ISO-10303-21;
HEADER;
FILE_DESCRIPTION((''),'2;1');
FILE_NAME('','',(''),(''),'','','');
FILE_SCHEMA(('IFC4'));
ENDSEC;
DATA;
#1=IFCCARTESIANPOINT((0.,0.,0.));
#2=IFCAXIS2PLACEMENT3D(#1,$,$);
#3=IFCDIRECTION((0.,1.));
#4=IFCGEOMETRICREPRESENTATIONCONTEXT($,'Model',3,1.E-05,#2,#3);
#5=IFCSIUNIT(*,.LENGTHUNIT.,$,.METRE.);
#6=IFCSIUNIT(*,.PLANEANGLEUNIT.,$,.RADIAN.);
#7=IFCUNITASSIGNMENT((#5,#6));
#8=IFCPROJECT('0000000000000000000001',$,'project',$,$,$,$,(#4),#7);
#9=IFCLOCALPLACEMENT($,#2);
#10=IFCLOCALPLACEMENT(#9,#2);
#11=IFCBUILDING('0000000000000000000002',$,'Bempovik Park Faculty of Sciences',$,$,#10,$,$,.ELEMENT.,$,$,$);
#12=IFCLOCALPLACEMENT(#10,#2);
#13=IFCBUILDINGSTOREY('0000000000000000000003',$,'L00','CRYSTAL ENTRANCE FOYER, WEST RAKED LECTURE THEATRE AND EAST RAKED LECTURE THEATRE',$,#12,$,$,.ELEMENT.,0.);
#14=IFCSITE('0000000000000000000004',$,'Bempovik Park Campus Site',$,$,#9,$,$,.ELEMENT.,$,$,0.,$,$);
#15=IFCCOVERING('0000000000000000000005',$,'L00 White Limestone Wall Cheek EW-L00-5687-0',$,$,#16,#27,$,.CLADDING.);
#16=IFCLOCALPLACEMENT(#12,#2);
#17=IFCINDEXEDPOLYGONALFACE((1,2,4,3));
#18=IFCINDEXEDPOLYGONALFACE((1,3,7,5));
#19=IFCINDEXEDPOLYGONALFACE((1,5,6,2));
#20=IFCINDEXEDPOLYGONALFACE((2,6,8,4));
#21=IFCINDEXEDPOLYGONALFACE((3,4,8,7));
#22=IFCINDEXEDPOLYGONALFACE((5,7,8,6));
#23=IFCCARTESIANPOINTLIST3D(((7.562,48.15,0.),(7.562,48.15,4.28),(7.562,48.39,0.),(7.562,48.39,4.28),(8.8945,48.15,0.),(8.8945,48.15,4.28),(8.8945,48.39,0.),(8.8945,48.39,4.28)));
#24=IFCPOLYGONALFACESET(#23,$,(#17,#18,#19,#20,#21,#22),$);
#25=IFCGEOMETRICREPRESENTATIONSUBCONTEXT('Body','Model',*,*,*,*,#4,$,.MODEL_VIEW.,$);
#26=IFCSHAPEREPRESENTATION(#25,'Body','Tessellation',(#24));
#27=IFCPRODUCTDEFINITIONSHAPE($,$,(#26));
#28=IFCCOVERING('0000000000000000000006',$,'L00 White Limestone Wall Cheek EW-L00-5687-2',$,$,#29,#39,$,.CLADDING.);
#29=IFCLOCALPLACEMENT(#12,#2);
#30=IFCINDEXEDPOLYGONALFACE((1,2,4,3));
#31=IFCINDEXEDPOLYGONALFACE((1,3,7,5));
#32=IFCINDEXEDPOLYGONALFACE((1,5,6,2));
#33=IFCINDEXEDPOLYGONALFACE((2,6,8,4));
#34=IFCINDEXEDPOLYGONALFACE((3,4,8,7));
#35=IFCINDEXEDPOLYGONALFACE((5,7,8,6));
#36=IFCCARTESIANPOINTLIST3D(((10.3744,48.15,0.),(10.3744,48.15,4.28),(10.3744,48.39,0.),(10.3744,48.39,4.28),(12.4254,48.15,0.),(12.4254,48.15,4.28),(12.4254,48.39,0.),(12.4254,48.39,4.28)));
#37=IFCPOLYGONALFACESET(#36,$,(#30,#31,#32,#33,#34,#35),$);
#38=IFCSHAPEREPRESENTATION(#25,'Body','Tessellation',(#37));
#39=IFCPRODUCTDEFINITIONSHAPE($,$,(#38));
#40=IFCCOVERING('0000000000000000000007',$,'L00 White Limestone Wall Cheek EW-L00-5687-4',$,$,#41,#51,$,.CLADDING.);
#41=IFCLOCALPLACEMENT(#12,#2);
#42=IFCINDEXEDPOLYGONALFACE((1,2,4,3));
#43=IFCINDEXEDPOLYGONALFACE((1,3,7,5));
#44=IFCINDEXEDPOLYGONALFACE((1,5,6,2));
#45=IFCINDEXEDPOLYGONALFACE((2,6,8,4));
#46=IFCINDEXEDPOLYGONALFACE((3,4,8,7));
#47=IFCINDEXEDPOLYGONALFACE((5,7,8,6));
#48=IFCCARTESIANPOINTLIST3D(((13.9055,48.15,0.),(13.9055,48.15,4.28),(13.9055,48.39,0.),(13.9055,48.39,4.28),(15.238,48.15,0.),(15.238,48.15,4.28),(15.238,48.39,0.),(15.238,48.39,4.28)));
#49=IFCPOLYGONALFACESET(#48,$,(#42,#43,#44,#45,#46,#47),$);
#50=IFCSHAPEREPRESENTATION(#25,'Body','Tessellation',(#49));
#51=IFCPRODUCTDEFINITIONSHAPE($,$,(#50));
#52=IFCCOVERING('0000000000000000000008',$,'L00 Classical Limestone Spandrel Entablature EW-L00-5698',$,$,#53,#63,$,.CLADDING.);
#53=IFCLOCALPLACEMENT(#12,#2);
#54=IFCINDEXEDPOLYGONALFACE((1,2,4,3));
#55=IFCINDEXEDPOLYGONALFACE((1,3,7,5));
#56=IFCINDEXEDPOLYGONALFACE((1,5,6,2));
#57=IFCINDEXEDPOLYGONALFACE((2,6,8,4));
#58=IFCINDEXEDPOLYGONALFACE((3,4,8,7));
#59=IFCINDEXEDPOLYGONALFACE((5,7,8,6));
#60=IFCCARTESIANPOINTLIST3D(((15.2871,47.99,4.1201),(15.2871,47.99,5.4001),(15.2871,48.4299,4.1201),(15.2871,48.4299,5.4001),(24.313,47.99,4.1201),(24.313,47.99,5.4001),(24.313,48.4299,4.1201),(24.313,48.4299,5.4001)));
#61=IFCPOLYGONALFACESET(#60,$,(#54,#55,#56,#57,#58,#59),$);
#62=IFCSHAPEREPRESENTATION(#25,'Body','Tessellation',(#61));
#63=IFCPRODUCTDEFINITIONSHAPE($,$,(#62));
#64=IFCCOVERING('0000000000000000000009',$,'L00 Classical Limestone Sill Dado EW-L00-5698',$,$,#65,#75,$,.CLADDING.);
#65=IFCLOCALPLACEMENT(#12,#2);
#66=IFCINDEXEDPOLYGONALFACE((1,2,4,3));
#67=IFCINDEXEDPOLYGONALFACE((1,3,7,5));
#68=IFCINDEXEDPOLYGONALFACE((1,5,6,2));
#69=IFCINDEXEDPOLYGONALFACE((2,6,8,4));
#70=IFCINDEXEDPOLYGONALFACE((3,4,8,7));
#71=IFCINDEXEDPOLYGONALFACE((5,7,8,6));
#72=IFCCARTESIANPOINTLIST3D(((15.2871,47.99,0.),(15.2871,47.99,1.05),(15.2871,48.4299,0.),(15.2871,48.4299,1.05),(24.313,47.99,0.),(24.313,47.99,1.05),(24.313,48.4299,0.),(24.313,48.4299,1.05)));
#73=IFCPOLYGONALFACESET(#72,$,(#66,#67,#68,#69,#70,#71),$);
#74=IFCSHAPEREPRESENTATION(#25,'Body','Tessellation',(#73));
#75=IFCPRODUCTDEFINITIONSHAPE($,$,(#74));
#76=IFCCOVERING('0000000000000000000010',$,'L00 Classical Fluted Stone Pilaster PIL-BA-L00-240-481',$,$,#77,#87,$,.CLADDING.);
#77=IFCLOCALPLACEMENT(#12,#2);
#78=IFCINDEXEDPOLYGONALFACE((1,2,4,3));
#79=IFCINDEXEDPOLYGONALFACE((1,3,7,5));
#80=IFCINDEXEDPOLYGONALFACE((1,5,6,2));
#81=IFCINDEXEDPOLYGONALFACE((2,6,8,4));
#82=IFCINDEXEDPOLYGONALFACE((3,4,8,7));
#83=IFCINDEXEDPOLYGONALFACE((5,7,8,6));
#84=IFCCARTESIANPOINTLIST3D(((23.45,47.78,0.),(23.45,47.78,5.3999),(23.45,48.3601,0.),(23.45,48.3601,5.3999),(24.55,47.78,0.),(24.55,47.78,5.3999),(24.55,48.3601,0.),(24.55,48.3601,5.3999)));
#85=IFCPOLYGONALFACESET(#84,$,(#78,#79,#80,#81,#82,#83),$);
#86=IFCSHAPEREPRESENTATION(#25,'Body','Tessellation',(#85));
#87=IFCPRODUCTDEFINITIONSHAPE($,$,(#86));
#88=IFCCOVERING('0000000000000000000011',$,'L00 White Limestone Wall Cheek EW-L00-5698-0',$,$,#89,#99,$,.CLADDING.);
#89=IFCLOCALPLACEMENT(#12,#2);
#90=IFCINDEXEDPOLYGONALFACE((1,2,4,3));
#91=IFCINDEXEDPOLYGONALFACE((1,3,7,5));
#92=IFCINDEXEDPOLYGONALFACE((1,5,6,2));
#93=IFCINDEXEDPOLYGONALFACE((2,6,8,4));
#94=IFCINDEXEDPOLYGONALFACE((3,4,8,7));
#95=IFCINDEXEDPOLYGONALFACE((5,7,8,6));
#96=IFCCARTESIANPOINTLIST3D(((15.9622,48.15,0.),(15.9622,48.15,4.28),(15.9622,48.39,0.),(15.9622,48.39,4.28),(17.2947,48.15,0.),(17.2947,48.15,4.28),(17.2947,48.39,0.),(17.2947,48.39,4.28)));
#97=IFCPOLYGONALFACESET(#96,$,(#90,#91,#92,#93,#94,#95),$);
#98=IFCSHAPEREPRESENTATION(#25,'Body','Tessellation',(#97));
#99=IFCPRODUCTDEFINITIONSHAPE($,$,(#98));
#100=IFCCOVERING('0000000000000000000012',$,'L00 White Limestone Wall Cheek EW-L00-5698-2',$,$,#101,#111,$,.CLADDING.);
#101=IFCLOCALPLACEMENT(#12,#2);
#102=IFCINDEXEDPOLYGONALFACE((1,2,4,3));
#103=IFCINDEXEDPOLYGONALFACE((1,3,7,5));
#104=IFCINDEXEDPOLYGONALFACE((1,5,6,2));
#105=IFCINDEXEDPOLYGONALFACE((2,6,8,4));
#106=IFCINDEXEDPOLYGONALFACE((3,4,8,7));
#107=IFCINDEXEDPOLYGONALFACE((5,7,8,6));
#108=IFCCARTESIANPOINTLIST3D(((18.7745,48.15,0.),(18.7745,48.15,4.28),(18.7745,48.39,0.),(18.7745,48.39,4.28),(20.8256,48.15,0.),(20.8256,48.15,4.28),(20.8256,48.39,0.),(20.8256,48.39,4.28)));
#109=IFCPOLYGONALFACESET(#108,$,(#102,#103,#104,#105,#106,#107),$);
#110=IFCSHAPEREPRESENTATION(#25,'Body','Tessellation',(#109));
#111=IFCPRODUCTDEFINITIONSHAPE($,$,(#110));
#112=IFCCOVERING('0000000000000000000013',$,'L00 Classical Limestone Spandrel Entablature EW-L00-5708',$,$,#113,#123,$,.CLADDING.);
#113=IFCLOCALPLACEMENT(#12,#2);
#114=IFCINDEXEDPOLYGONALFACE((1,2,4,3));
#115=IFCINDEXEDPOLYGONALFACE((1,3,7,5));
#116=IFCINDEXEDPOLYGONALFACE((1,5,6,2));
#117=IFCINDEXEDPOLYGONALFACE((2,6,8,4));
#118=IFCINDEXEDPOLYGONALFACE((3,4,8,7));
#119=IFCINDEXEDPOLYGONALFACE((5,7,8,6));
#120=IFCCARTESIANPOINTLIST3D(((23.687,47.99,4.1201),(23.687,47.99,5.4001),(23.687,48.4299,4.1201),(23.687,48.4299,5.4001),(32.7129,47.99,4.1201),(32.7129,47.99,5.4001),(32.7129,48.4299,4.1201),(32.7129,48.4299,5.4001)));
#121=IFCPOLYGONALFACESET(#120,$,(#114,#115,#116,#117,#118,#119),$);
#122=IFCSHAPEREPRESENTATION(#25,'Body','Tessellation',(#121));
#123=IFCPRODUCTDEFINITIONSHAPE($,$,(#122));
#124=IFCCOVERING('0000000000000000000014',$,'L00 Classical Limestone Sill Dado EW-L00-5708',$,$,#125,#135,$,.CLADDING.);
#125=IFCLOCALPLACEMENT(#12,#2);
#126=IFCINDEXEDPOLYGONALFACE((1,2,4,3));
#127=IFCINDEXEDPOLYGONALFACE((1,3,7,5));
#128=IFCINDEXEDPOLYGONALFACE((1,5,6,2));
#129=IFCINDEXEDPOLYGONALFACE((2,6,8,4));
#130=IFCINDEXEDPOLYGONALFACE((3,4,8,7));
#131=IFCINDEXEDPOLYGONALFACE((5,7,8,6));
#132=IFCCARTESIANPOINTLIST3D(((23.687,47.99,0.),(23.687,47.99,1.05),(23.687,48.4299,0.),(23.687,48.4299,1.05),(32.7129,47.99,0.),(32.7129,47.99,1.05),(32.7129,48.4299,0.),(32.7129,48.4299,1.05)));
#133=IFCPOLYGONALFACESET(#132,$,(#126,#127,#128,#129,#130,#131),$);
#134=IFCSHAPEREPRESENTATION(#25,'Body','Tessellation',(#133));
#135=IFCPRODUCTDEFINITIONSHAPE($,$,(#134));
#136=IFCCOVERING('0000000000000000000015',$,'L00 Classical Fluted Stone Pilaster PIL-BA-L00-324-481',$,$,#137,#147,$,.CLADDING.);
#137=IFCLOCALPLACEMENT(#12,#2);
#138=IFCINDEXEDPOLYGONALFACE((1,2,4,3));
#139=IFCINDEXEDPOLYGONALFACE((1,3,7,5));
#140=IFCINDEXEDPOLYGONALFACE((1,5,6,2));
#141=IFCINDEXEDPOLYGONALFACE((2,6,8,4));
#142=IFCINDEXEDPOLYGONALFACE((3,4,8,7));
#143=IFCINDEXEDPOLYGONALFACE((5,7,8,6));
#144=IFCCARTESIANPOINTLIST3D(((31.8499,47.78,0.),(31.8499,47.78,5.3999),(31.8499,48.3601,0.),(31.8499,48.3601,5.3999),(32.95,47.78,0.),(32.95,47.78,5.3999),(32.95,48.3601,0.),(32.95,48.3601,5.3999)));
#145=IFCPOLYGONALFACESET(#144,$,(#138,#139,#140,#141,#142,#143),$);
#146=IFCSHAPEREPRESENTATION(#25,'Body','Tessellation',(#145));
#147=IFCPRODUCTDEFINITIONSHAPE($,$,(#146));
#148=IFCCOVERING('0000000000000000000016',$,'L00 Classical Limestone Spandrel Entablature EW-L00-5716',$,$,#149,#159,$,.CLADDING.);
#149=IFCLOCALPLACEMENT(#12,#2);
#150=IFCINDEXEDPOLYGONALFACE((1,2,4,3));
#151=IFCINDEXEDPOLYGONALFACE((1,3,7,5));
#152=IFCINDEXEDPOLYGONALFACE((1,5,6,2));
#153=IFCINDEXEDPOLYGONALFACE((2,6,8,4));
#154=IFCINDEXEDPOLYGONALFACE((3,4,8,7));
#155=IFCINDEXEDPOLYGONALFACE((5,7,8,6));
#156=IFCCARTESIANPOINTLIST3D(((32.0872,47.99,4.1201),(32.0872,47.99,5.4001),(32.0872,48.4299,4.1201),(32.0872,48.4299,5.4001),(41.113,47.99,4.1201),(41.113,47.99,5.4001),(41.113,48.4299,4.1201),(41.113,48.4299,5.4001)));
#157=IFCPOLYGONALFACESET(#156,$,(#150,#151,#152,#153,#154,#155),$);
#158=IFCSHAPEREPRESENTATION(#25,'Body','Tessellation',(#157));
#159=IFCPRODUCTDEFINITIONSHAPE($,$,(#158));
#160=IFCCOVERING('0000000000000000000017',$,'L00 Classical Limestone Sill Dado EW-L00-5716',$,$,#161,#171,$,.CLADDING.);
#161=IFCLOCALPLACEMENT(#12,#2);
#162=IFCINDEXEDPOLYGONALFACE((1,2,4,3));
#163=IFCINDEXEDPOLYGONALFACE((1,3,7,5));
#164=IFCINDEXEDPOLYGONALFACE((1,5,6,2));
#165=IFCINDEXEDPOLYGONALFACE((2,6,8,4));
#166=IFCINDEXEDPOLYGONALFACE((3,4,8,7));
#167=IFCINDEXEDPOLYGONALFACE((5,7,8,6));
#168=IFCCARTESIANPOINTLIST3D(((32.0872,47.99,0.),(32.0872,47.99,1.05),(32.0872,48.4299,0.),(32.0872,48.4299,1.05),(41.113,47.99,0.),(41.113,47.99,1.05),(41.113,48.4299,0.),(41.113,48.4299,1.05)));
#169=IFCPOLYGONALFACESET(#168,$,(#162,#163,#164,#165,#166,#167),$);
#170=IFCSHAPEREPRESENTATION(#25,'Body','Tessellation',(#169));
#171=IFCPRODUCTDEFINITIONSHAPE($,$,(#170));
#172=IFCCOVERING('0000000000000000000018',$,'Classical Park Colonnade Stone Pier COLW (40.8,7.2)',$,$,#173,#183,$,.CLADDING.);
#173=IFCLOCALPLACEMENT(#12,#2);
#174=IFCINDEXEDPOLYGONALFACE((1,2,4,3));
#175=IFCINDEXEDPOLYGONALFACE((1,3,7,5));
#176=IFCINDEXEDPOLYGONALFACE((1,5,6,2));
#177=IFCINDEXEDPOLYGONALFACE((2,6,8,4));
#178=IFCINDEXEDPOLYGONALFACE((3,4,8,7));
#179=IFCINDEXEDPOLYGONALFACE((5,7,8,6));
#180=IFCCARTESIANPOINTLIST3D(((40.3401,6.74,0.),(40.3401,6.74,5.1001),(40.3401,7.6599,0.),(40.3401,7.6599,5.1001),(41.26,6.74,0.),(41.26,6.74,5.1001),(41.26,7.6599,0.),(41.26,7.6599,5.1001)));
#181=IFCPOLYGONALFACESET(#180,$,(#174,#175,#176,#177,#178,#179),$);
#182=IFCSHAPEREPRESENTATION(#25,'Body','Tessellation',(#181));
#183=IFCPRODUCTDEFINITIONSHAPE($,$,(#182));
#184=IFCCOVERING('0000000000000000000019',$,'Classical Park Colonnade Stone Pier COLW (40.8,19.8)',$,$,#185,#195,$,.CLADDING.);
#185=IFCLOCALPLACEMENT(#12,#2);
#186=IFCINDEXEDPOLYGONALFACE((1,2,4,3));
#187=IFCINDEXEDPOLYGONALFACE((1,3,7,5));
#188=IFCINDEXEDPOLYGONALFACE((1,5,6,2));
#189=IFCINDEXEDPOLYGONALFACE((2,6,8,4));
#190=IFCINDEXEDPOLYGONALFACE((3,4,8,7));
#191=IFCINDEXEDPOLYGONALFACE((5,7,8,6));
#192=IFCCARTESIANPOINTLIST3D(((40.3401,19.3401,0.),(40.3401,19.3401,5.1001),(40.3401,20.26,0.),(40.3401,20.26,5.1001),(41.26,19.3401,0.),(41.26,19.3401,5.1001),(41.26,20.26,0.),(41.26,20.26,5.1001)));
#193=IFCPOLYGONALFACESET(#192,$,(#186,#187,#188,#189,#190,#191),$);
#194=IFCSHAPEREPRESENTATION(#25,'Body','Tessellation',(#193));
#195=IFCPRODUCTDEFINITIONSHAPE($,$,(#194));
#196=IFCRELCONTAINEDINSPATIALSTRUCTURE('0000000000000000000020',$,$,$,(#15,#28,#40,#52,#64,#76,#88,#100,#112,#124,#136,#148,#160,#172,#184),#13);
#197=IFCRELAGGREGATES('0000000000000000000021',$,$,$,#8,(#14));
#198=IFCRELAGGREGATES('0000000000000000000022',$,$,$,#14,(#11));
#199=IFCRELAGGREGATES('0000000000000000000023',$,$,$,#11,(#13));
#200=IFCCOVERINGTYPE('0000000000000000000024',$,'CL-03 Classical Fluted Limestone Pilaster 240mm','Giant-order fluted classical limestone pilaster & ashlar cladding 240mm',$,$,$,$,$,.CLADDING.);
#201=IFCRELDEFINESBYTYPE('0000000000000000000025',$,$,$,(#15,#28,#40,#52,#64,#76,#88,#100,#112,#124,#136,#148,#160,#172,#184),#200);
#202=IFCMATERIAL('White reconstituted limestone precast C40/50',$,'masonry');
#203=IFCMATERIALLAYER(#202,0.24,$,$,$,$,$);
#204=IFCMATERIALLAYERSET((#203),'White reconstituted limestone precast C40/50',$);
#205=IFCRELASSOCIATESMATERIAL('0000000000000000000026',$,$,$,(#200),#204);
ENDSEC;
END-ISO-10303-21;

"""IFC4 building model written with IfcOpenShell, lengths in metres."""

from ifc_helpers import new_model, si_unit, direction, frame, origin, origin_2d, place, context, subcontext, project, spatial, rectangle, extrude, material, layer, layer_set, type_object, element, save


model = new_model("IFC4")

# Units and contexts
model_context = context("Model", 3, precision=1e-05, world=origin(), true_north=direction((0.0, 1.0)))
body_context = subcontext(model_context, "Body", "Model", "MODEL_VIEW")
ifc_project = project(units=[si_unit("LENGTHUNIT", "METRE"), si_unit("PLANEANGLEUNIT", "RADIAN")], contexts=[model_context])

# Site, building, storey
site_placement = place(None, origin())
site = spatial("IfcSite", under=ifc_project, at=site_placement, Name="Bempovik Park Campus Site", CompositionType="ELEMENT", RefElevation=0.0)
building_placement = place(site_placement, origin())
building = spatial("IfcBuilding", under=site, at=building_placement, Name="Bempovik Park Faculty of Sciences", CompositionType="ELEMENT")
storey_placement = place(building_placement, origin())
storey = spatial("IfcBuildingStorey", under=building, at=storey_placement, Name="L00", Description="CRYSTAL ENTRANCE FOYER, WEST RAKED LECTURE THEATRE AND EAST RAKED LECTURE THEATRE", CompositionType="ELEMENT", Elevation=0.0)

# Coverings
ifc_material_1 = material(Name="White reconstituted limestone precast C40/50", Category="masonry")
ifc_layer_1 = layer(ifc_material_1, 0.24)
ifc_layer_set_1 = layer_set([ifc_layer_1], Name="White reconstituted limestone precast C40/50")
covering_type_1 = type_object("IfcCoveringType", Name="CL-03 Classical Fluted Limestone Pilaster 240mm", Description="Giant-order fluted classical limestone pilaster & ashlar cladding 240mm", PredefinedType="CLADDING", material=ifc_layer_set_1)
covering_1_placement = place(storey_placement, frame((8.2283, 48.27, 0.0), z_axis=(0.0, 0.0, 1.0), x_axis=(1.0, 0.0, 0.0)))
element("IfcCovering", 1, at=covering_1_placement, inside=storey, type_object=covering_type_1, Name="L00 White Limestone Wall Cheek EW-L00-5687-0", PredefinedType="CLADDING", context=body_context, shape_type="SweptSolid", body=[
    extrude(rectangle(XDim=1.3325, YDim=0.24, at=origin_2d()), origin(), (0.0, 0.0, 1.0), 4.28),
])
covering_2_placement = place(storey_placement, frame((11.3999, 48.27, 0.0), z_axis=(0.0, 0.0, 1.0), x_axis=(1.0, 0.0, 0.0)))
element("IfcCovering", 2, at=covering_2_placement, inside=storey, type_object=covering_type_1, Name="L00 White Limestone Wall Cheek EW-L00-5687-2", PredefinedType="CLADDING", context=body_context, shape_type="SweptSolid", body=[
    extrude(rectangle(XDim=2.051, YDim=0.24, at=origin_2d()), origin(), (0.0, 0.0, 1.0), 4.28),
])
covering_3_placement = place(storey_placement, frame((14.5718, 48.27, 0.0), z_axis=(0.0, 0.0, 1.0), x_axis=(1.0, 0.0, 0.0)))
element("IfcCovering", 3, at=covering_3_placement, inside=storey, type_object=covering_type_1, Name="L00 White Limestone Wall Cheek EW-L00-5687-4", PredefinedType="CLADDING", context=body_context, shape_type="SweptSolid", body=[
    extrude(rectangle(XDim=1.3325, YDim=0.24, at=origin_2d()), origin(), (0.0, 0.0, 1.0), 4.28),
])
covering_4_placement = place(storey_placement, frame((19.8, 48.21, 4.1201), z_axis=(0.0, 0.0, 1.0), x_axis=(1.0, 0.0, 0.0)))
element("IfcCovering", 4, at=covering_4_placement, inside=storey, type_object=covering_type_1, Name="L00 Classical Limestone Spandrel Entablature EW-L00-5698", PredefinedType="CLADDING", context=body_context, shape_type="SweptSolid", body=[
    extrude(rectangle(XDim=9.0259, YDim=0.4399, at=origin_2d()), origin(), (0.0, 0.0, 1.0), 1.28),
])
covering_5_placement = place(storey_placement, frame((19.8, 48.21, 0.0), z_axis=(0.0, 0.0, 1.0), x_axis=(1.0, 0.0, 0.0)))
element("IfcCovering", 5, at=covering_5_placement, inside=storey, type_object=covering_type_1, Name="L00 Classical Limestone Sill Dado EW-L00-5698", PredefinedType="CLADDING", context=body_context, shape_type="SweptSolid", body=[
    extrude(rectangle(XDim=9.0259, YDim=0.4399, at=origin_2d()), origin(), (0.0, 0.0, 1.0), 1.05),
])
covering_6_placement = place(storey_placement, frame((24.0, 48.0701, 0.0), z_axis=(0.0, 0.0, 1.0), x_axis=(1.0, 0.0, 0.0)))
element("IfcCovering", 6, at=covering_6_placement, inside=storey, type_object=covering_type_1, Name="L00 Classical Fluted Stone Pilaster PIL-BA-L00-240-481", PredefinedType="CLADDING", context=body_context, shape_type="SweptSolid", body=[
    extrude(rectangle(XDim=1.1001, YDim=0.5801, at=origin_2d()), origin(), (0.0, 0.0, 1.0), 5.3999),
])
covering_7_placement = place(storey_placement, frame((16.6284, 48.27, 0.0), z_axis=(0.0, 0.0, 1.0), x_axis=(1.0, 0.0, 0.0)))
element("IfcCovering", 7, at=covering_7_placement, inside=storey, type_object=covering_type_1, Name="L00 White Limestone Wall Cheek EW-L00-5698-0", PredefinedType="CLADDING", context=body_context, shape_type="SweptSolid", body=[
    extrude(rectangle(XDim=1.3325, YDim=0.24, at=origin_2d()), origin(), (0.0, 0.0, 1.0), 4.28),
])
covering_8_placement = place(storey_placement, frame((19.8, 48.27, 0.0), z_axis=(0.0, 0.0, 1.0), x_axis=(1.0, 0.0, 0.0)))
element("IfcCovering", 8, at=covering_8_placement, inside=storey, type_object=covering_type_1, Name="L00 White Limestone Wall Cheek EW-L00-5698-2", PredefinedType="CLADDING", context=body_context, shape_type="SweptSolid", body=[
    extrude(rectangle(XDim=2.051, YDim=0.24, at=origin_2d()), origin(), (0.0, 0.0, 1.0), 4.28),
])
covering_9_placement = place(storey_placement, frame((28.2, 48.21, 4.1201), z_axis=(0.0, 0.0, 1.0), x_axis=(1.0, 0.0, 0.0)))
element("IfcCovering", 9, at=covering_9_placement, inside=storey, type_object=covering_type_1, Name="L00 Classical Limestone Spandrel Entablature EW-L00-5708", PredefinedType="CLADDING", context=body_context, shape_type="SweptSolid", body=[
    extrude(rectangle(XDim=9.0259, YDim=0.4399, at=origin_2d()), origin(), (0.0, 0.0, 1.0), 1.28),
])
covering_10_placement = place(storey_placement, frame((28.2, 48.21, 0.0), z_axis=(0.0, 0.0, 1.0), x_axis=(1.0, 0.0, 0.0)))
element("IfcCovering", 10, at=covering_10_placement, inside=storey, type_object=covering_type_1, Name="L00 Classical Limestone Sill Dado EW-L00-5708", PredefinedType="CLADDING", context=body_context, shape_type="SweptSolid", body=[
    extrude(rectangle(XDim=9.0259, YDim=0.4399, at=origin_2d()), origin(), (0.0, 0.0, 1.0), 1.05),
])
covering_11_placement = place(storey_placement, frame((32.3999, 48.0701, 0.0), z_axis=(0.0, 0.0, 1.0), x_axis=(1.0, 0.0, 0.0)))
element("IfcCovering", 11, at=covering_11_placement, inside=storey, type_object=covering_type_1, Name="L00 Classical Fluted Stone Pilaster PIL-BA-L00-324-481", PredefinedType="CLADDING", context=body_context, shape_type="SweptSolid", body=[
    extrude(rectangle(XDim=1.1001, YDim=0.5801, at=origin_2d()), origin(), (0.0, 0.0, 1.0), 5.3999),
])
covering_12_placement = place(storey_placement, frame((36.6001, 48.21, 4.1201), z_axis=(0.0, 0.0, 1.0), x_axis=(1.0, 0.0, 0.0)))
element("IfcCovering", 12, at=covering_12_placement, inside=storey, type_object=covering_type_1, Name="L00 Classical Limestone Spandrel Entablature EW-L00-5716", PredefinedType="CLADDING", context=body_context, shape_type="SweptSolid", body=[
    extrude(rectangle(XDim=9.0259, YDim=0.4399, at=origin_2d()), origin(), (0.0, 0.0, 1.0), 1.28),
])
covering_13_placement = place(storey_placement, frame((36.6001, 48.21, 0.0), z_axis=(0.0, 0.0, 1.0), x_axis=(1.0, 0.0, 0.0)))
element("IfcCovering", 13, at=covering_13_placement, inside=storey, type_object=covering_type_1, Name="L00 Classical Limestone Sill Dado EW-L00-5716", PredefinedType="CLADDING", context=body_context, shape_type="SweptSolid", body=[
    extrude(rectangle(XDim=9.0259, YDim=0.4399, at=origin_2d()), origin(), (0.0, 0.0, 1.0), 1.05),
])
for number, where, z_axis, x_axis, name in (
    (14, (40.8, 7.2, 0.0), (0.0, 0.0, 1.0), (1.0, 0.0, 0.0), "Classical Park Colonnade Stone Pier COLW (40.8,7.2)"),
    (15, (40.8, 19.8, 0.0), (0.0, 0.0, 1.0), (1.0, 0.0, 0.0), "Classical Park Colonnade Stone Pier COLW (40.8,19.8)"),
):
    element("IfcCovering", number, at=place(storey_placement, frame(where, z_axis=z_axis, x_axis=x_axis)), inside=storey, type_object=covering_type_1, Name=name, PredefinedType="CLADDING", context=body_context, shape_type="SweptSolid", body=[
        extrude(rectangle(XDim=0.9199, YDim=0.9199, at=origin_2d()), origin(), (0.0, 0.0, 1.0), 5.1001),
    ])

save(model, "model.ifc")
